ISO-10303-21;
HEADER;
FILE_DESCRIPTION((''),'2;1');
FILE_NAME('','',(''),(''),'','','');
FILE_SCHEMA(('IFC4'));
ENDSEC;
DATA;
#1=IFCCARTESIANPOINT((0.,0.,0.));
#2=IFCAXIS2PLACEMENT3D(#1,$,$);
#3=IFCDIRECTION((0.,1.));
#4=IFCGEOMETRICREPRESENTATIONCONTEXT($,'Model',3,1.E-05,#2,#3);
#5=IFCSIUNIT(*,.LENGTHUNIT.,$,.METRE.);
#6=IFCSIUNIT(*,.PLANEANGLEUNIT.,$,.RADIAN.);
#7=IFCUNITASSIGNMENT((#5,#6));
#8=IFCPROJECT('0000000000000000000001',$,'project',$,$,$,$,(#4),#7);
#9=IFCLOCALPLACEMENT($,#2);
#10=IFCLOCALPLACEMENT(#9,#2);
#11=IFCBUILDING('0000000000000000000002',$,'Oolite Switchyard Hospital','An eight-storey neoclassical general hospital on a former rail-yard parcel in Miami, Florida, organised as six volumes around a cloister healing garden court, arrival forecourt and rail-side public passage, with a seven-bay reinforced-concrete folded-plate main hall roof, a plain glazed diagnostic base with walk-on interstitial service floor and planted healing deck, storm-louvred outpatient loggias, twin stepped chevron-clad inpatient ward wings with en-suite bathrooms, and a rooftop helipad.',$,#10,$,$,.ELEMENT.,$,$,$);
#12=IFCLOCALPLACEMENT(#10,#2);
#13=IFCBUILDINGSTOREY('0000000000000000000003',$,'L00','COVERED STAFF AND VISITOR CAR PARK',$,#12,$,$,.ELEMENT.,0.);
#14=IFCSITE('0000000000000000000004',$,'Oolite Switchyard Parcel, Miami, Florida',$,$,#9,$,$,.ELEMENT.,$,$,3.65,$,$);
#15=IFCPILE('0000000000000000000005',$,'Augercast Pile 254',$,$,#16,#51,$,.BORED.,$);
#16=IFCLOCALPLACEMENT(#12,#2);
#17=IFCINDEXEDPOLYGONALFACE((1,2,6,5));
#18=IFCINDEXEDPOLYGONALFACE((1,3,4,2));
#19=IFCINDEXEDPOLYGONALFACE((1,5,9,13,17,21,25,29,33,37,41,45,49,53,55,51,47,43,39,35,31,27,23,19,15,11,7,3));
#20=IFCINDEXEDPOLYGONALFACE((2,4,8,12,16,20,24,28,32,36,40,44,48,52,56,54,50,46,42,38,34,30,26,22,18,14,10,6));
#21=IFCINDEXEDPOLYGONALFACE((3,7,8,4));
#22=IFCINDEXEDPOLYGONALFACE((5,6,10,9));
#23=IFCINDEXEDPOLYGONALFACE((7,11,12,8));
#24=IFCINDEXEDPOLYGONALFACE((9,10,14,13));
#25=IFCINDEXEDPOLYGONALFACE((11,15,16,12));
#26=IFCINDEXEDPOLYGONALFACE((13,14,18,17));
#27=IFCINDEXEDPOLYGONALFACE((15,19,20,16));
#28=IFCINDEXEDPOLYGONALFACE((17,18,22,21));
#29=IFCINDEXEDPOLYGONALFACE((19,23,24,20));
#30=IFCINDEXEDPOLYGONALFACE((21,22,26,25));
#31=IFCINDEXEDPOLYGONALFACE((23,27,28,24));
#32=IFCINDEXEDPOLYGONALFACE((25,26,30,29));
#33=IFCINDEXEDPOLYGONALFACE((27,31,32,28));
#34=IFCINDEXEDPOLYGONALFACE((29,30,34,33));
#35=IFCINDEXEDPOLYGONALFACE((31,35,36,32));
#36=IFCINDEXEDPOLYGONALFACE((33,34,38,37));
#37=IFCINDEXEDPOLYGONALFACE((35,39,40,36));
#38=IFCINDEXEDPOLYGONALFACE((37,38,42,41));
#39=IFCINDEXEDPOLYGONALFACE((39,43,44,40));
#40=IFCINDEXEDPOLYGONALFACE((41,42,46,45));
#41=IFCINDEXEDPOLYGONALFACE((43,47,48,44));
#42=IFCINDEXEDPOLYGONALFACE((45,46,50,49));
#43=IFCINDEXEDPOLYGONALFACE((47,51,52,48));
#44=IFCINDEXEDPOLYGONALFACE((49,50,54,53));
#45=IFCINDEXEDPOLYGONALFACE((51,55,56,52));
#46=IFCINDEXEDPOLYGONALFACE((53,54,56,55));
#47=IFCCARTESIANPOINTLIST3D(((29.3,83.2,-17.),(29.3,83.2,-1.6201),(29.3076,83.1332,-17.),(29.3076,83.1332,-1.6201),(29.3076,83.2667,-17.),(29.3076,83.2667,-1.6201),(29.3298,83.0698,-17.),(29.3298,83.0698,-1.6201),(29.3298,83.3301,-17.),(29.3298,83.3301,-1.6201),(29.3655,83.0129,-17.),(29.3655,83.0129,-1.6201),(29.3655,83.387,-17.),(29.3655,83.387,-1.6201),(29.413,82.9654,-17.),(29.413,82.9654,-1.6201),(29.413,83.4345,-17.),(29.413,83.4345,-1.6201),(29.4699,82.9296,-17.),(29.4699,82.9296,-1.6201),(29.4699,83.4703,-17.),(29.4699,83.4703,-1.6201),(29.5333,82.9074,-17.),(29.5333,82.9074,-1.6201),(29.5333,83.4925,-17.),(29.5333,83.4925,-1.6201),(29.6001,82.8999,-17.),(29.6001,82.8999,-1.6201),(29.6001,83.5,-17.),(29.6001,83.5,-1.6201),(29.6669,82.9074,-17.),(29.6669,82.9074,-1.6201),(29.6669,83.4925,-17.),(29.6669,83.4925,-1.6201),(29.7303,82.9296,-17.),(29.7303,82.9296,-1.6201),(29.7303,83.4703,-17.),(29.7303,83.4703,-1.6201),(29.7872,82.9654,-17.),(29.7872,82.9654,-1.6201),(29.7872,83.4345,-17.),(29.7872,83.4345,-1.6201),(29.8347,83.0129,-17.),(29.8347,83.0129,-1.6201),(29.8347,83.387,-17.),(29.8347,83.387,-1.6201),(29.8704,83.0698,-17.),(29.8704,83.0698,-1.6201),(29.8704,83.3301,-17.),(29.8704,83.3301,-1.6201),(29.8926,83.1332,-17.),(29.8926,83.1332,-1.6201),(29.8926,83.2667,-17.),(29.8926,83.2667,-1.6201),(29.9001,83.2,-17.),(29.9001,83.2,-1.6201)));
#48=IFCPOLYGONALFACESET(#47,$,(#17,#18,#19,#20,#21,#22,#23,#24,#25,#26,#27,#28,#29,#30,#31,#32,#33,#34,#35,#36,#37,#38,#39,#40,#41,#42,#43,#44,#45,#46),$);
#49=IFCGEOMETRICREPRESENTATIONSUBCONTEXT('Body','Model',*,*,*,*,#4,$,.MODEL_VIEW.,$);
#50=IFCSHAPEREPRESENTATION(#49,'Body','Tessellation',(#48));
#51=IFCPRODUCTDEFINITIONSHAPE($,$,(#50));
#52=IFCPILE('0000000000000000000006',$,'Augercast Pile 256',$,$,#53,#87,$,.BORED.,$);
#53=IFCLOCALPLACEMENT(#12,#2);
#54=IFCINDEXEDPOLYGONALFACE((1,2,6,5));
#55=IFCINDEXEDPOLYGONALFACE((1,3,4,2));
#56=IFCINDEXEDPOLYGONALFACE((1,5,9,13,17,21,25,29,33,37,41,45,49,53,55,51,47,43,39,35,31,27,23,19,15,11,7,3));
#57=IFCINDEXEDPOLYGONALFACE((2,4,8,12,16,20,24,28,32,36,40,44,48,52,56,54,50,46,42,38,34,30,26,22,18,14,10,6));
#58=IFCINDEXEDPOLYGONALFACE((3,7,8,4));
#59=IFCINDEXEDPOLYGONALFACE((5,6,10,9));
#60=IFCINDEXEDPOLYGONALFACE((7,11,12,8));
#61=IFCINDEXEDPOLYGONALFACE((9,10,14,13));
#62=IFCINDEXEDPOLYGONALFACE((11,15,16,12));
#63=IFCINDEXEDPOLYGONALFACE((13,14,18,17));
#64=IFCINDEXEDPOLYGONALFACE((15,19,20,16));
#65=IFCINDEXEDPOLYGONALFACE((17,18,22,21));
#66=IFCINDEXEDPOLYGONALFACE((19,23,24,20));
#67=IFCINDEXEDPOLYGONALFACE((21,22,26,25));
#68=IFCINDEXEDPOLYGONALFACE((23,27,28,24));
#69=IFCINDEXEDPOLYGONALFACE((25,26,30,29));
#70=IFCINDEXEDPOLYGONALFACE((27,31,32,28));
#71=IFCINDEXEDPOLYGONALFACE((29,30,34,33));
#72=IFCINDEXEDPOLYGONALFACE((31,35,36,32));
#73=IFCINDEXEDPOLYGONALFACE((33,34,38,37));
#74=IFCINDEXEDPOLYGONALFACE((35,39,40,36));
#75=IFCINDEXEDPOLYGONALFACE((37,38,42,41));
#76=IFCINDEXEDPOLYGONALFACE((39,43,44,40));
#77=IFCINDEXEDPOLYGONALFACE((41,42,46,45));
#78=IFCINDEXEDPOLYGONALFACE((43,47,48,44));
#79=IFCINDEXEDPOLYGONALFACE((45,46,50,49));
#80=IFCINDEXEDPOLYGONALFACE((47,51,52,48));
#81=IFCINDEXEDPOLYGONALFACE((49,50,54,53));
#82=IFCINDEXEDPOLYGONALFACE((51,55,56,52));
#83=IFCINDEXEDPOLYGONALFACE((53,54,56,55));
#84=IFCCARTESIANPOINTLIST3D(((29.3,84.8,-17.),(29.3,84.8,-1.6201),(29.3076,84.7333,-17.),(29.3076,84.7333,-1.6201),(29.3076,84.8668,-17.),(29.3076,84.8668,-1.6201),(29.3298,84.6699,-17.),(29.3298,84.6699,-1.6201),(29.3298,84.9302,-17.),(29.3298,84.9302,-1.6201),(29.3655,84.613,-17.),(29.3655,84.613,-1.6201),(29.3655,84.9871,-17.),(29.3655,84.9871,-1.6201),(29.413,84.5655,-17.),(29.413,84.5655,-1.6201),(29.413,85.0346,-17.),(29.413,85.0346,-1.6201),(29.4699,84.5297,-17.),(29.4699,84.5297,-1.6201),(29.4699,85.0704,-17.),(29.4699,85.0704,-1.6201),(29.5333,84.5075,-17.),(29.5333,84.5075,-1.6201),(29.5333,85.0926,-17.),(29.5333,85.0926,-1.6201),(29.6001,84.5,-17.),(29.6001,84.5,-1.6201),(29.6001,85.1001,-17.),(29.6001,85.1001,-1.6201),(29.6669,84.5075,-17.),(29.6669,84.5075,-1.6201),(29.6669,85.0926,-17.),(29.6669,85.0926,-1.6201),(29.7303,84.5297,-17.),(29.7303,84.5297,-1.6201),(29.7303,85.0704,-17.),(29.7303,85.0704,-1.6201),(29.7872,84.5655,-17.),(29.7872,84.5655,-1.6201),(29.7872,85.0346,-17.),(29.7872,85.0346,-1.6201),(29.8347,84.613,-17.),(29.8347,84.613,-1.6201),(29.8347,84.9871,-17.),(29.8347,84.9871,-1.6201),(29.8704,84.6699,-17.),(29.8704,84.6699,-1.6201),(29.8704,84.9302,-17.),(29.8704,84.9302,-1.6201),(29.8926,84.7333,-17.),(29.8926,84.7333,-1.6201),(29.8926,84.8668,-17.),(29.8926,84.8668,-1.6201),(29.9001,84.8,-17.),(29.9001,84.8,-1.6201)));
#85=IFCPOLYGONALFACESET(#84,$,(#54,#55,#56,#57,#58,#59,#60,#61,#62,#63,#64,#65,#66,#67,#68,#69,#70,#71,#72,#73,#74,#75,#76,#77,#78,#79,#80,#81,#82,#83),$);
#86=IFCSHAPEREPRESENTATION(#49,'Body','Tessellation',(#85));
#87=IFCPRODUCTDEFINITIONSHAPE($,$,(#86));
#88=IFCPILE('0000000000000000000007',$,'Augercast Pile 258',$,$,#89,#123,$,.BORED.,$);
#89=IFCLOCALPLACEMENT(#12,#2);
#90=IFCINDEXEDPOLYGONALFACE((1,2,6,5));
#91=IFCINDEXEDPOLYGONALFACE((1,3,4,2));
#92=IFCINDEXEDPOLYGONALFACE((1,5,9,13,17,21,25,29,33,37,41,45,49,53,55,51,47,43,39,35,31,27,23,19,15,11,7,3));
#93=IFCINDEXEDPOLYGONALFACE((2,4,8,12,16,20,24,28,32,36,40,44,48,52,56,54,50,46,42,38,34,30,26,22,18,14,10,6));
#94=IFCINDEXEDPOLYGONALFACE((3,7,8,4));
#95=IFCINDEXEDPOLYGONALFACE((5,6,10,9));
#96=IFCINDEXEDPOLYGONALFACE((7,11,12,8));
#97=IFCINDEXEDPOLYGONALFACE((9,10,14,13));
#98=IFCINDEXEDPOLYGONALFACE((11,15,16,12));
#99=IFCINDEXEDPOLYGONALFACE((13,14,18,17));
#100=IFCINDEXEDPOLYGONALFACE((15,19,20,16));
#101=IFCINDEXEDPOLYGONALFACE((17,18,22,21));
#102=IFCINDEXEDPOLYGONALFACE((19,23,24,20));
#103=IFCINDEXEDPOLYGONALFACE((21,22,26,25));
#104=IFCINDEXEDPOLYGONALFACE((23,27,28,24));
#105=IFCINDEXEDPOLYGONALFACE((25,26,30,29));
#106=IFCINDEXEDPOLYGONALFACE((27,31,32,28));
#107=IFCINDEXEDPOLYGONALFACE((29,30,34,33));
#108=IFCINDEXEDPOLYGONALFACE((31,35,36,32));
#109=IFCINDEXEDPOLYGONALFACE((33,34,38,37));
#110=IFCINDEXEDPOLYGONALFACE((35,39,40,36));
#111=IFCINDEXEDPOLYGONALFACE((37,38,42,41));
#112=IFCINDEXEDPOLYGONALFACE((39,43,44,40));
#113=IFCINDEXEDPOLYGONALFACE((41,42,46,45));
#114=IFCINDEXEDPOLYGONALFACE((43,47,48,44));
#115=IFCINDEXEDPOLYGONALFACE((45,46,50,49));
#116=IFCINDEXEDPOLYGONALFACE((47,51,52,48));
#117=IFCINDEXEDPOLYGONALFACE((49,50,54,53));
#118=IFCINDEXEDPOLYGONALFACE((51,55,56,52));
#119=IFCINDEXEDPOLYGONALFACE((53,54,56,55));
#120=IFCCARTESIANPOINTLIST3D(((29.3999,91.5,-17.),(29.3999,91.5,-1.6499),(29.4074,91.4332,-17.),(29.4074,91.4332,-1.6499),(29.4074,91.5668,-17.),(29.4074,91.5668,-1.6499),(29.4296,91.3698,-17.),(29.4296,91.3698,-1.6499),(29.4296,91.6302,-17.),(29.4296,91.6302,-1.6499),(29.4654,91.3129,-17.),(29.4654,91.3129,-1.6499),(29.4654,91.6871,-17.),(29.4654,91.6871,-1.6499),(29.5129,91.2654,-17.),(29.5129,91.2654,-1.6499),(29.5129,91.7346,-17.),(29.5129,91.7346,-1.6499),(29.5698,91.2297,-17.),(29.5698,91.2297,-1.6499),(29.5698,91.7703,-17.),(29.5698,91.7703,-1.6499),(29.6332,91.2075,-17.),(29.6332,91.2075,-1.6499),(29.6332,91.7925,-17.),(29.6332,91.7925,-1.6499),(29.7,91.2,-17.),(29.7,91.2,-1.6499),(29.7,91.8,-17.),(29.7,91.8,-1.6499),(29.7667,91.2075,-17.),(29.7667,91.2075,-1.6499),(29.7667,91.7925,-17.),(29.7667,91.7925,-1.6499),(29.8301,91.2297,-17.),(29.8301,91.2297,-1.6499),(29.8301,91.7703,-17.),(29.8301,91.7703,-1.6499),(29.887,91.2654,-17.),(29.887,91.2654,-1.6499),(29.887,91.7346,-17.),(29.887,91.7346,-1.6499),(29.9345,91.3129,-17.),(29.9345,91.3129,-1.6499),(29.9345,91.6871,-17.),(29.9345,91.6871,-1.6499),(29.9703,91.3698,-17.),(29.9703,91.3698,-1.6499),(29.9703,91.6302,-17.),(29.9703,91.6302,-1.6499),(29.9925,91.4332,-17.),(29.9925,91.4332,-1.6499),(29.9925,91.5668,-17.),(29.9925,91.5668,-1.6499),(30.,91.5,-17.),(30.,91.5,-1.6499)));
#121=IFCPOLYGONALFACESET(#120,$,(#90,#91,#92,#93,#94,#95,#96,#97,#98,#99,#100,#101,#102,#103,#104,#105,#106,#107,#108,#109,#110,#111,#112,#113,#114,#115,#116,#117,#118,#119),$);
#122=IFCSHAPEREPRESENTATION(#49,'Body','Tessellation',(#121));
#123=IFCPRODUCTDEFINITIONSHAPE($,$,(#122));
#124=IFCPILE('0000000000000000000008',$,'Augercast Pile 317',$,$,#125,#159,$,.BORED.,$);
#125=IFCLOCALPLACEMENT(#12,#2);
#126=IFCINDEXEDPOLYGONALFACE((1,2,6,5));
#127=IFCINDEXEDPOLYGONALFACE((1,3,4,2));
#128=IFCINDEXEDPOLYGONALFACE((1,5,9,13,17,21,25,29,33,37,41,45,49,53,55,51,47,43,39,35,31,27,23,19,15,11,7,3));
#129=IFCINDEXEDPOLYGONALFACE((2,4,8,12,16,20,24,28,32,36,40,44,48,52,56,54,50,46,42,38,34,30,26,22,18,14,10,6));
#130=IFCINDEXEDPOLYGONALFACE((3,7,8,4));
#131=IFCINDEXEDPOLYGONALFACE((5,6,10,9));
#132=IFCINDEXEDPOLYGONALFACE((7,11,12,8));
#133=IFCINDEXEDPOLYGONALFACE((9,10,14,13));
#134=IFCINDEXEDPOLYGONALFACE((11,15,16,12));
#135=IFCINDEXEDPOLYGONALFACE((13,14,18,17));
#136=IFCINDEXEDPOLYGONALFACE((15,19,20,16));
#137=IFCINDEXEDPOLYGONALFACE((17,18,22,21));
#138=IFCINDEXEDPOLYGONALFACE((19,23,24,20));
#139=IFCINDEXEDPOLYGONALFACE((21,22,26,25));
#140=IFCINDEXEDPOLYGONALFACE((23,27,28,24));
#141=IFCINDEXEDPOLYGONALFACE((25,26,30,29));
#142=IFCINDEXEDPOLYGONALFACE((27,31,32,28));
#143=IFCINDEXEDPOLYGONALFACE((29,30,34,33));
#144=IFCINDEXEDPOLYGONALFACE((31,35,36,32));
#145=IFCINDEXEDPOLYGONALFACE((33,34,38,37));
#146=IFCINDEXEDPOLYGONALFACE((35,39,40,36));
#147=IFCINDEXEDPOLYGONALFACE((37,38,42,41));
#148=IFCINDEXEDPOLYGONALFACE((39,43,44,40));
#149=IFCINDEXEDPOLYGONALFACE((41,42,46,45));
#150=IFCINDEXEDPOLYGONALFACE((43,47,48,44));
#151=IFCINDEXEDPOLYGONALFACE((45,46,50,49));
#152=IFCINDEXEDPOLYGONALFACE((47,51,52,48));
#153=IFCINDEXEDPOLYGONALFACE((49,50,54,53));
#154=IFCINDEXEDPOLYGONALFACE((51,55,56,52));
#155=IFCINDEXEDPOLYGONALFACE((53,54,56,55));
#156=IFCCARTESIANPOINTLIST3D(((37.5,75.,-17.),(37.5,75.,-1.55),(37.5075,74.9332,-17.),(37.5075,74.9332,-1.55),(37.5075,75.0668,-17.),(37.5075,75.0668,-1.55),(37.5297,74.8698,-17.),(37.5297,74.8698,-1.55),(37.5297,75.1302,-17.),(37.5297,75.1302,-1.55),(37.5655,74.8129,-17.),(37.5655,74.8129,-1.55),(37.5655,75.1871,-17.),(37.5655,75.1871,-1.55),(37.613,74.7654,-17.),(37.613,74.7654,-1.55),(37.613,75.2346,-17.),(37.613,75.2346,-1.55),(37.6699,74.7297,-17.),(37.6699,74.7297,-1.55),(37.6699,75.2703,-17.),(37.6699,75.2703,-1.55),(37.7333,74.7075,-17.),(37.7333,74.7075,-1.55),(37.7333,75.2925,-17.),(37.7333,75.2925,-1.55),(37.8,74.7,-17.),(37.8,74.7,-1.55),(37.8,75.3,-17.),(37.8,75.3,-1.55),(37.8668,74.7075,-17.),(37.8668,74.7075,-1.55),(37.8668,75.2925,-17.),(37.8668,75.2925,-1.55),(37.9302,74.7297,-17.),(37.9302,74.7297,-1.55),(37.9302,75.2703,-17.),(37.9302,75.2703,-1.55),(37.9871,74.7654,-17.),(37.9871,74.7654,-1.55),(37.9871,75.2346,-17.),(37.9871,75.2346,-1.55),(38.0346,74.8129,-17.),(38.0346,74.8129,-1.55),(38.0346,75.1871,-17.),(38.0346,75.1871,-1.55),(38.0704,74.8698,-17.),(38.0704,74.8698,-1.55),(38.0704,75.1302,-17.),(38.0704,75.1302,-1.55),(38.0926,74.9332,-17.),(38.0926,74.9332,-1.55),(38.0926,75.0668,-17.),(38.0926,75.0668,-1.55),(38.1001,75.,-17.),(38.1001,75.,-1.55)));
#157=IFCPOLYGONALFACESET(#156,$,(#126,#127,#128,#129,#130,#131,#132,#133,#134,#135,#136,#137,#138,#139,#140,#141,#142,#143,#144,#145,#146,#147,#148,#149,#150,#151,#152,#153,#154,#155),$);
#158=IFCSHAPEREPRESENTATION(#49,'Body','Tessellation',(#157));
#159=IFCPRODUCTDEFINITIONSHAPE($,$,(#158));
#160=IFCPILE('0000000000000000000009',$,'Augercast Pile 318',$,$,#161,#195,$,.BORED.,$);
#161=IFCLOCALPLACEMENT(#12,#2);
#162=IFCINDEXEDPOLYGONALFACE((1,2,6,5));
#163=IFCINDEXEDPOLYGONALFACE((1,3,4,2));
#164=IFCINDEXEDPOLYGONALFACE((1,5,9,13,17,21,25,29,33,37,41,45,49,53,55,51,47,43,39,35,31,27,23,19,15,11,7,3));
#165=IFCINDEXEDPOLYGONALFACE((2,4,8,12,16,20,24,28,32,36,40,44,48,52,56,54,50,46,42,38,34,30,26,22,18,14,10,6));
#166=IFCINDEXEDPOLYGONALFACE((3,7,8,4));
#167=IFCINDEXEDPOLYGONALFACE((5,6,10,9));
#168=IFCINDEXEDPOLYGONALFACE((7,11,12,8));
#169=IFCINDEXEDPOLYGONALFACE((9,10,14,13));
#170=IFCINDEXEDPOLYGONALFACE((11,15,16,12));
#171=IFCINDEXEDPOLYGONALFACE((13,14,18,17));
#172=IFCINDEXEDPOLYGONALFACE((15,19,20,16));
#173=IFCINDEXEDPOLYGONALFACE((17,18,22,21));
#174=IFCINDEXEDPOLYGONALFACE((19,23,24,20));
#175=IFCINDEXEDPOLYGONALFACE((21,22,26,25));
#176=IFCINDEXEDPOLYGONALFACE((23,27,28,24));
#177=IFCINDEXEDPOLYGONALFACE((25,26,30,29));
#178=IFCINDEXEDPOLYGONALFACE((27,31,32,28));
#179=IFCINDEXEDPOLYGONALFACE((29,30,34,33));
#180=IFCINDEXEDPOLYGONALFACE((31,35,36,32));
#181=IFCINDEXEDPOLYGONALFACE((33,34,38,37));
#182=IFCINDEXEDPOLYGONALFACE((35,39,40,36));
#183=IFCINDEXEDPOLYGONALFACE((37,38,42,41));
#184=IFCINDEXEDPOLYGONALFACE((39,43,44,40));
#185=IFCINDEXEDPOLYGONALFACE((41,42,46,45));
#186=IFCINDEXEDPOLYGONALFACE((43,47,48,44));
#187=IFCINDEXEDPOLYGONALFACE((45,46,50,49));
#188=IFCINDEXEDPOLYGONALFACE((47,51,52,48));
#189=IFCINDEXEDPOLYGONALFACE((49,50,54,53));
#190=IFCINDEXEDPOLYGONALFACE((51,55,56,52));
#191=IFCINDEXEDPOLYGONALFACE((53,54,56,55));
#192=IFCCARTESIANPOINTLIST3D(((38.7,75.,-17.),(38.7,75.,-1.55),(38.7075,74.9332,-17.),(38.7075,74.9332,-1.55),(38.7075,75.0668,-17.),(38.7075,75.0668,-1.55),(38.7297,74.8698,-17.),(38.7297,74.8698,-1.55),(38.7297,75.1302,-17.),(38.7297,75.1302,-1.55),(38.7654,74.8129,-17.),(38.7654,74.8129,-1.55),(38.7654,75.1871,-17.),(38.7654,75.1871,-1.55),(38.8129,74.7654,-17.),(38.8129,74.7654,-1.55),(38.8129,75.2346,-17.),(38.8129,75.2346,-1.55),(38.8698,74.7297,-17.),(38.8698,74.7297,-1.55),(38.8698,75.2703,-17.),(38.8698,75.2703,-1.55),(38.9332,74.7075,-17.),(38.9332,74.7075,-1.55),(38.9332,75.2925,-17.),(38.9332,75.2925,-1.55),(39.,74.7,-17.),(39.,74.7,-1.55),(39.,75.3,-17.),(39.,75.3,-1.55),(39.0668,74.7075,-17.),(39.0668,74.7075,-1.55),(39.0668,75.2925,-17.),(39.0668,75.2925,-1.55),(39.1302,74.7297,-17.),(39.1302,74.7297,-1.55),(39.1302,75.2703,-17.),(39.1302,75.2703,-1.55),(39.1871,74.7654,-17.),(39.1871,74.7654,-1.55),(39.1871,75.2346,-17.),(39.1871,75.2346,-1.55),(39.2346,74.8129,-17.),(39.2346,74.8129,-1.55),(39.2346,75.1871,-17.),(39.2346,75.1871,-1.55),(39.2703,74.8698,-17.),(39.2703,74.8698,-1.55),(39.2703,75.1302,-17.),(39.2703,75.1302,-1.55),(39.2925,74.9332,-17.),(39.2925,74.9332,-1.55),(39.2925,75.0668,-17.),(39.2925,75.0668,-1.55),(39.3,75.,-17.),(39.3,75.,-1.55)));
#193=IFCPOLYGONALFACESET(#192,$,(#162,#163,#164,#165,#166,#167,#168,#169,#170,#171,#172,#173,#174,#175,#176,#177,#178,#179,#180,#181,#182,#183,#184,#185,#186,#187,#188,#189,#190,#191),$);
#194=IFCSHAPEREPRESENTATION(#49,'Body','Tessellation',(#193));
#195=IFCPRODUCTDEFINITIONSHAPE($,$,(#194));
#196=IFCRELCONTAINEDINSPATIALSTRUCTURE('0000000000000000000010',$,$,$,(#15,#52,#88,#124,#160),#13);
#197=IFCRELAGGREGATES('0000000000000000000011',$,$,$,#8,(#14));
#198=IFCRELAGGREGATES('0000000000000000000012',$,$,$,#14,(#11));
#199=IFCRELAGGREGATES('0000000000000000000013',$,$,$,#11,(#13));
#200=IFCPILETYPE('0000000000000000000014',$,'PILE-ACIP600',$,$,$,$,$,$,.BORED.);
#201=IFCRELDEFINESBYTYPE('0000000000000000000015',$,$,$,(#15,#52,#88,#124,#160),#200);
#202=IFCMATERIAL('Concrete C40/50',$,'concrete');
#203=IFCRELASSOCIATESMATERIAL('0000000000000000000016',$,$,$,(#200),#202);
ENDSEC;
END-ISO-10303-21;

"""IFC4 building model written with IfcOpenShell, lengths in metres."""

from ifc_helpers import new_model, si_unit, direction, frame, origin, origin_2d, place, context, subcontext, project, spatial, circle, extrude, material, material_profile, profile_set, type_object, element, save


model = new_model("IFC4")

# Units and contexts
model_context = context("Model", 3, precision=1e-05, world=origin(), true_north=direction((0.0, 1.0)))
body_context = subcontext(model_context, "Body", "Model", "MODEL_VIEW")
ifc_project = project(units=[si_unit("LENGTHUNIT", "METRE"), si_unit("PLANEANGLEUNIT", "RADIAN")], contexts=[model_context])

# Site, building, storey
site_placement = place(None, origin())
site = spatial("IfcSite", under=ifc_project, at=site_placement, Name="Oolite Switchyard Parcel, Miami, Florida", CompositionType="ELEMENT", RefElevation=3.65)
building_placement = place(site_placement, origin())
building = spatial("IfcBuilding", under=site, at=building_placement, Name="Oolite Switchyard Hospital", Description="An eight-storey neoclassical general hospital on a former rail-yard parcel in Miami, Florida, organised as six volumes around a cloister healing garden court, arrival forecourt and rail-side public passage, with a seven-bay reinforced-concrete folded-plate main hall roof, a plain glazed diagnostic base with walk-on interstitial service floor and planted healing deck, storm-louvred outpatient loggias, twin stepped chevron-clad inpatient ward wings with en-suite bathrooms, and a rooftop helipad.", CompositionType="ELEMENT")
storey_placement = place(building_placement, origin())
storey = spatial("IfcBuildingStorey", under=building, at=storey_placement, Name="L00", Description="COVERED STAFF AND VISITOR CAR PARK", CompositionType="ELEMENT", Elevation=0.0)

# Shared definitions
ifc_material_1 = material(Name="Concrete C40/50", Category="concrete")

# Piles
ifc_material_profile_1 = material_profile(ifc_material_1, circle(Radius=0.3, at=origin_2d()), Name="PILE600")
ifc_profile_set_1 = profile_set([ifc_material_profile_1], Name="Concrete C40/50")
pile_type = type_object("IfcPileType", Name="PILE-ACIP600", PredefinedType="BORED", material=ifc_profile_set_1)
for number, where, z_axis, x_axis, name in (
    (1, (29.6001, 83.2, -1.6201), (0.0, 0.0, -1.0), (1.0, 0.0, 0.0), "Augercast Pile 254"),
    (2, (29.6001, 84.8, -1.6201), (0.0, 0.0, -1.0), (1.0, 0.0, 0.0), "Augercast Pile 256"),
):
    element("IfcPile", number, at=place(storey_placement, frame(where, z_axis=z_axis, x_axis=x_axis)), inside=storey, type_object=pile_type, Name=name, PredefinedType="BORED", context=body_context, shape_type="SweptSolid", body=[
        extrude(circle(Radius=0.3, at=origin_2d()), origin(), (0.0, 0.0, 1.0), 15.3799),
    ])
pile_placement = place(storey_placement, frame((29.7, 91.5, -1.6499), z_axis=(0.0, 0.0, -1.0), x_axis=(1.0, 0.0, 0.0)))
element("IfcPile", 3, at=pile_placement, inside=storey, type_object=pile_type, Name="Augercast Pile 258", PredefinedType="BORED", context=body_context, shape_type="SweptSolid", body=[
    extrude(circle(Radius=0.3, at=origin_2d()), origin(), (0.0, 0.0, 1.0), 15.3501),
])
for number, where, z_axis, x_axis, name in (
    (4, (37.8, 75.0, -1.55), (0.0, 0.0, -1.0), (1.0, 0.0, 0.0), "Augercast Pile 317"),
    (5, (39.0, 75.0, -1.55), (0.0, 0.0, -1.0), (1.0, 0.0, 0.0), "Augercast Pile 318"),
):
    element("IfcPile", number, at=place(storey_placement, frame(where, z_axis=z_axis, x_axis=x_axis)), inside=storey, type_object=pile_type, Name=name, PredefinedType="BORED", context=body_context, shape_type="SweptSolid", body=[
        extrude(circle(Radius=0.3, at=origin_2d()), origin(), (0.0, 0.0, 1.0), 15.45),
    ])

save(model, "model.ifc")
